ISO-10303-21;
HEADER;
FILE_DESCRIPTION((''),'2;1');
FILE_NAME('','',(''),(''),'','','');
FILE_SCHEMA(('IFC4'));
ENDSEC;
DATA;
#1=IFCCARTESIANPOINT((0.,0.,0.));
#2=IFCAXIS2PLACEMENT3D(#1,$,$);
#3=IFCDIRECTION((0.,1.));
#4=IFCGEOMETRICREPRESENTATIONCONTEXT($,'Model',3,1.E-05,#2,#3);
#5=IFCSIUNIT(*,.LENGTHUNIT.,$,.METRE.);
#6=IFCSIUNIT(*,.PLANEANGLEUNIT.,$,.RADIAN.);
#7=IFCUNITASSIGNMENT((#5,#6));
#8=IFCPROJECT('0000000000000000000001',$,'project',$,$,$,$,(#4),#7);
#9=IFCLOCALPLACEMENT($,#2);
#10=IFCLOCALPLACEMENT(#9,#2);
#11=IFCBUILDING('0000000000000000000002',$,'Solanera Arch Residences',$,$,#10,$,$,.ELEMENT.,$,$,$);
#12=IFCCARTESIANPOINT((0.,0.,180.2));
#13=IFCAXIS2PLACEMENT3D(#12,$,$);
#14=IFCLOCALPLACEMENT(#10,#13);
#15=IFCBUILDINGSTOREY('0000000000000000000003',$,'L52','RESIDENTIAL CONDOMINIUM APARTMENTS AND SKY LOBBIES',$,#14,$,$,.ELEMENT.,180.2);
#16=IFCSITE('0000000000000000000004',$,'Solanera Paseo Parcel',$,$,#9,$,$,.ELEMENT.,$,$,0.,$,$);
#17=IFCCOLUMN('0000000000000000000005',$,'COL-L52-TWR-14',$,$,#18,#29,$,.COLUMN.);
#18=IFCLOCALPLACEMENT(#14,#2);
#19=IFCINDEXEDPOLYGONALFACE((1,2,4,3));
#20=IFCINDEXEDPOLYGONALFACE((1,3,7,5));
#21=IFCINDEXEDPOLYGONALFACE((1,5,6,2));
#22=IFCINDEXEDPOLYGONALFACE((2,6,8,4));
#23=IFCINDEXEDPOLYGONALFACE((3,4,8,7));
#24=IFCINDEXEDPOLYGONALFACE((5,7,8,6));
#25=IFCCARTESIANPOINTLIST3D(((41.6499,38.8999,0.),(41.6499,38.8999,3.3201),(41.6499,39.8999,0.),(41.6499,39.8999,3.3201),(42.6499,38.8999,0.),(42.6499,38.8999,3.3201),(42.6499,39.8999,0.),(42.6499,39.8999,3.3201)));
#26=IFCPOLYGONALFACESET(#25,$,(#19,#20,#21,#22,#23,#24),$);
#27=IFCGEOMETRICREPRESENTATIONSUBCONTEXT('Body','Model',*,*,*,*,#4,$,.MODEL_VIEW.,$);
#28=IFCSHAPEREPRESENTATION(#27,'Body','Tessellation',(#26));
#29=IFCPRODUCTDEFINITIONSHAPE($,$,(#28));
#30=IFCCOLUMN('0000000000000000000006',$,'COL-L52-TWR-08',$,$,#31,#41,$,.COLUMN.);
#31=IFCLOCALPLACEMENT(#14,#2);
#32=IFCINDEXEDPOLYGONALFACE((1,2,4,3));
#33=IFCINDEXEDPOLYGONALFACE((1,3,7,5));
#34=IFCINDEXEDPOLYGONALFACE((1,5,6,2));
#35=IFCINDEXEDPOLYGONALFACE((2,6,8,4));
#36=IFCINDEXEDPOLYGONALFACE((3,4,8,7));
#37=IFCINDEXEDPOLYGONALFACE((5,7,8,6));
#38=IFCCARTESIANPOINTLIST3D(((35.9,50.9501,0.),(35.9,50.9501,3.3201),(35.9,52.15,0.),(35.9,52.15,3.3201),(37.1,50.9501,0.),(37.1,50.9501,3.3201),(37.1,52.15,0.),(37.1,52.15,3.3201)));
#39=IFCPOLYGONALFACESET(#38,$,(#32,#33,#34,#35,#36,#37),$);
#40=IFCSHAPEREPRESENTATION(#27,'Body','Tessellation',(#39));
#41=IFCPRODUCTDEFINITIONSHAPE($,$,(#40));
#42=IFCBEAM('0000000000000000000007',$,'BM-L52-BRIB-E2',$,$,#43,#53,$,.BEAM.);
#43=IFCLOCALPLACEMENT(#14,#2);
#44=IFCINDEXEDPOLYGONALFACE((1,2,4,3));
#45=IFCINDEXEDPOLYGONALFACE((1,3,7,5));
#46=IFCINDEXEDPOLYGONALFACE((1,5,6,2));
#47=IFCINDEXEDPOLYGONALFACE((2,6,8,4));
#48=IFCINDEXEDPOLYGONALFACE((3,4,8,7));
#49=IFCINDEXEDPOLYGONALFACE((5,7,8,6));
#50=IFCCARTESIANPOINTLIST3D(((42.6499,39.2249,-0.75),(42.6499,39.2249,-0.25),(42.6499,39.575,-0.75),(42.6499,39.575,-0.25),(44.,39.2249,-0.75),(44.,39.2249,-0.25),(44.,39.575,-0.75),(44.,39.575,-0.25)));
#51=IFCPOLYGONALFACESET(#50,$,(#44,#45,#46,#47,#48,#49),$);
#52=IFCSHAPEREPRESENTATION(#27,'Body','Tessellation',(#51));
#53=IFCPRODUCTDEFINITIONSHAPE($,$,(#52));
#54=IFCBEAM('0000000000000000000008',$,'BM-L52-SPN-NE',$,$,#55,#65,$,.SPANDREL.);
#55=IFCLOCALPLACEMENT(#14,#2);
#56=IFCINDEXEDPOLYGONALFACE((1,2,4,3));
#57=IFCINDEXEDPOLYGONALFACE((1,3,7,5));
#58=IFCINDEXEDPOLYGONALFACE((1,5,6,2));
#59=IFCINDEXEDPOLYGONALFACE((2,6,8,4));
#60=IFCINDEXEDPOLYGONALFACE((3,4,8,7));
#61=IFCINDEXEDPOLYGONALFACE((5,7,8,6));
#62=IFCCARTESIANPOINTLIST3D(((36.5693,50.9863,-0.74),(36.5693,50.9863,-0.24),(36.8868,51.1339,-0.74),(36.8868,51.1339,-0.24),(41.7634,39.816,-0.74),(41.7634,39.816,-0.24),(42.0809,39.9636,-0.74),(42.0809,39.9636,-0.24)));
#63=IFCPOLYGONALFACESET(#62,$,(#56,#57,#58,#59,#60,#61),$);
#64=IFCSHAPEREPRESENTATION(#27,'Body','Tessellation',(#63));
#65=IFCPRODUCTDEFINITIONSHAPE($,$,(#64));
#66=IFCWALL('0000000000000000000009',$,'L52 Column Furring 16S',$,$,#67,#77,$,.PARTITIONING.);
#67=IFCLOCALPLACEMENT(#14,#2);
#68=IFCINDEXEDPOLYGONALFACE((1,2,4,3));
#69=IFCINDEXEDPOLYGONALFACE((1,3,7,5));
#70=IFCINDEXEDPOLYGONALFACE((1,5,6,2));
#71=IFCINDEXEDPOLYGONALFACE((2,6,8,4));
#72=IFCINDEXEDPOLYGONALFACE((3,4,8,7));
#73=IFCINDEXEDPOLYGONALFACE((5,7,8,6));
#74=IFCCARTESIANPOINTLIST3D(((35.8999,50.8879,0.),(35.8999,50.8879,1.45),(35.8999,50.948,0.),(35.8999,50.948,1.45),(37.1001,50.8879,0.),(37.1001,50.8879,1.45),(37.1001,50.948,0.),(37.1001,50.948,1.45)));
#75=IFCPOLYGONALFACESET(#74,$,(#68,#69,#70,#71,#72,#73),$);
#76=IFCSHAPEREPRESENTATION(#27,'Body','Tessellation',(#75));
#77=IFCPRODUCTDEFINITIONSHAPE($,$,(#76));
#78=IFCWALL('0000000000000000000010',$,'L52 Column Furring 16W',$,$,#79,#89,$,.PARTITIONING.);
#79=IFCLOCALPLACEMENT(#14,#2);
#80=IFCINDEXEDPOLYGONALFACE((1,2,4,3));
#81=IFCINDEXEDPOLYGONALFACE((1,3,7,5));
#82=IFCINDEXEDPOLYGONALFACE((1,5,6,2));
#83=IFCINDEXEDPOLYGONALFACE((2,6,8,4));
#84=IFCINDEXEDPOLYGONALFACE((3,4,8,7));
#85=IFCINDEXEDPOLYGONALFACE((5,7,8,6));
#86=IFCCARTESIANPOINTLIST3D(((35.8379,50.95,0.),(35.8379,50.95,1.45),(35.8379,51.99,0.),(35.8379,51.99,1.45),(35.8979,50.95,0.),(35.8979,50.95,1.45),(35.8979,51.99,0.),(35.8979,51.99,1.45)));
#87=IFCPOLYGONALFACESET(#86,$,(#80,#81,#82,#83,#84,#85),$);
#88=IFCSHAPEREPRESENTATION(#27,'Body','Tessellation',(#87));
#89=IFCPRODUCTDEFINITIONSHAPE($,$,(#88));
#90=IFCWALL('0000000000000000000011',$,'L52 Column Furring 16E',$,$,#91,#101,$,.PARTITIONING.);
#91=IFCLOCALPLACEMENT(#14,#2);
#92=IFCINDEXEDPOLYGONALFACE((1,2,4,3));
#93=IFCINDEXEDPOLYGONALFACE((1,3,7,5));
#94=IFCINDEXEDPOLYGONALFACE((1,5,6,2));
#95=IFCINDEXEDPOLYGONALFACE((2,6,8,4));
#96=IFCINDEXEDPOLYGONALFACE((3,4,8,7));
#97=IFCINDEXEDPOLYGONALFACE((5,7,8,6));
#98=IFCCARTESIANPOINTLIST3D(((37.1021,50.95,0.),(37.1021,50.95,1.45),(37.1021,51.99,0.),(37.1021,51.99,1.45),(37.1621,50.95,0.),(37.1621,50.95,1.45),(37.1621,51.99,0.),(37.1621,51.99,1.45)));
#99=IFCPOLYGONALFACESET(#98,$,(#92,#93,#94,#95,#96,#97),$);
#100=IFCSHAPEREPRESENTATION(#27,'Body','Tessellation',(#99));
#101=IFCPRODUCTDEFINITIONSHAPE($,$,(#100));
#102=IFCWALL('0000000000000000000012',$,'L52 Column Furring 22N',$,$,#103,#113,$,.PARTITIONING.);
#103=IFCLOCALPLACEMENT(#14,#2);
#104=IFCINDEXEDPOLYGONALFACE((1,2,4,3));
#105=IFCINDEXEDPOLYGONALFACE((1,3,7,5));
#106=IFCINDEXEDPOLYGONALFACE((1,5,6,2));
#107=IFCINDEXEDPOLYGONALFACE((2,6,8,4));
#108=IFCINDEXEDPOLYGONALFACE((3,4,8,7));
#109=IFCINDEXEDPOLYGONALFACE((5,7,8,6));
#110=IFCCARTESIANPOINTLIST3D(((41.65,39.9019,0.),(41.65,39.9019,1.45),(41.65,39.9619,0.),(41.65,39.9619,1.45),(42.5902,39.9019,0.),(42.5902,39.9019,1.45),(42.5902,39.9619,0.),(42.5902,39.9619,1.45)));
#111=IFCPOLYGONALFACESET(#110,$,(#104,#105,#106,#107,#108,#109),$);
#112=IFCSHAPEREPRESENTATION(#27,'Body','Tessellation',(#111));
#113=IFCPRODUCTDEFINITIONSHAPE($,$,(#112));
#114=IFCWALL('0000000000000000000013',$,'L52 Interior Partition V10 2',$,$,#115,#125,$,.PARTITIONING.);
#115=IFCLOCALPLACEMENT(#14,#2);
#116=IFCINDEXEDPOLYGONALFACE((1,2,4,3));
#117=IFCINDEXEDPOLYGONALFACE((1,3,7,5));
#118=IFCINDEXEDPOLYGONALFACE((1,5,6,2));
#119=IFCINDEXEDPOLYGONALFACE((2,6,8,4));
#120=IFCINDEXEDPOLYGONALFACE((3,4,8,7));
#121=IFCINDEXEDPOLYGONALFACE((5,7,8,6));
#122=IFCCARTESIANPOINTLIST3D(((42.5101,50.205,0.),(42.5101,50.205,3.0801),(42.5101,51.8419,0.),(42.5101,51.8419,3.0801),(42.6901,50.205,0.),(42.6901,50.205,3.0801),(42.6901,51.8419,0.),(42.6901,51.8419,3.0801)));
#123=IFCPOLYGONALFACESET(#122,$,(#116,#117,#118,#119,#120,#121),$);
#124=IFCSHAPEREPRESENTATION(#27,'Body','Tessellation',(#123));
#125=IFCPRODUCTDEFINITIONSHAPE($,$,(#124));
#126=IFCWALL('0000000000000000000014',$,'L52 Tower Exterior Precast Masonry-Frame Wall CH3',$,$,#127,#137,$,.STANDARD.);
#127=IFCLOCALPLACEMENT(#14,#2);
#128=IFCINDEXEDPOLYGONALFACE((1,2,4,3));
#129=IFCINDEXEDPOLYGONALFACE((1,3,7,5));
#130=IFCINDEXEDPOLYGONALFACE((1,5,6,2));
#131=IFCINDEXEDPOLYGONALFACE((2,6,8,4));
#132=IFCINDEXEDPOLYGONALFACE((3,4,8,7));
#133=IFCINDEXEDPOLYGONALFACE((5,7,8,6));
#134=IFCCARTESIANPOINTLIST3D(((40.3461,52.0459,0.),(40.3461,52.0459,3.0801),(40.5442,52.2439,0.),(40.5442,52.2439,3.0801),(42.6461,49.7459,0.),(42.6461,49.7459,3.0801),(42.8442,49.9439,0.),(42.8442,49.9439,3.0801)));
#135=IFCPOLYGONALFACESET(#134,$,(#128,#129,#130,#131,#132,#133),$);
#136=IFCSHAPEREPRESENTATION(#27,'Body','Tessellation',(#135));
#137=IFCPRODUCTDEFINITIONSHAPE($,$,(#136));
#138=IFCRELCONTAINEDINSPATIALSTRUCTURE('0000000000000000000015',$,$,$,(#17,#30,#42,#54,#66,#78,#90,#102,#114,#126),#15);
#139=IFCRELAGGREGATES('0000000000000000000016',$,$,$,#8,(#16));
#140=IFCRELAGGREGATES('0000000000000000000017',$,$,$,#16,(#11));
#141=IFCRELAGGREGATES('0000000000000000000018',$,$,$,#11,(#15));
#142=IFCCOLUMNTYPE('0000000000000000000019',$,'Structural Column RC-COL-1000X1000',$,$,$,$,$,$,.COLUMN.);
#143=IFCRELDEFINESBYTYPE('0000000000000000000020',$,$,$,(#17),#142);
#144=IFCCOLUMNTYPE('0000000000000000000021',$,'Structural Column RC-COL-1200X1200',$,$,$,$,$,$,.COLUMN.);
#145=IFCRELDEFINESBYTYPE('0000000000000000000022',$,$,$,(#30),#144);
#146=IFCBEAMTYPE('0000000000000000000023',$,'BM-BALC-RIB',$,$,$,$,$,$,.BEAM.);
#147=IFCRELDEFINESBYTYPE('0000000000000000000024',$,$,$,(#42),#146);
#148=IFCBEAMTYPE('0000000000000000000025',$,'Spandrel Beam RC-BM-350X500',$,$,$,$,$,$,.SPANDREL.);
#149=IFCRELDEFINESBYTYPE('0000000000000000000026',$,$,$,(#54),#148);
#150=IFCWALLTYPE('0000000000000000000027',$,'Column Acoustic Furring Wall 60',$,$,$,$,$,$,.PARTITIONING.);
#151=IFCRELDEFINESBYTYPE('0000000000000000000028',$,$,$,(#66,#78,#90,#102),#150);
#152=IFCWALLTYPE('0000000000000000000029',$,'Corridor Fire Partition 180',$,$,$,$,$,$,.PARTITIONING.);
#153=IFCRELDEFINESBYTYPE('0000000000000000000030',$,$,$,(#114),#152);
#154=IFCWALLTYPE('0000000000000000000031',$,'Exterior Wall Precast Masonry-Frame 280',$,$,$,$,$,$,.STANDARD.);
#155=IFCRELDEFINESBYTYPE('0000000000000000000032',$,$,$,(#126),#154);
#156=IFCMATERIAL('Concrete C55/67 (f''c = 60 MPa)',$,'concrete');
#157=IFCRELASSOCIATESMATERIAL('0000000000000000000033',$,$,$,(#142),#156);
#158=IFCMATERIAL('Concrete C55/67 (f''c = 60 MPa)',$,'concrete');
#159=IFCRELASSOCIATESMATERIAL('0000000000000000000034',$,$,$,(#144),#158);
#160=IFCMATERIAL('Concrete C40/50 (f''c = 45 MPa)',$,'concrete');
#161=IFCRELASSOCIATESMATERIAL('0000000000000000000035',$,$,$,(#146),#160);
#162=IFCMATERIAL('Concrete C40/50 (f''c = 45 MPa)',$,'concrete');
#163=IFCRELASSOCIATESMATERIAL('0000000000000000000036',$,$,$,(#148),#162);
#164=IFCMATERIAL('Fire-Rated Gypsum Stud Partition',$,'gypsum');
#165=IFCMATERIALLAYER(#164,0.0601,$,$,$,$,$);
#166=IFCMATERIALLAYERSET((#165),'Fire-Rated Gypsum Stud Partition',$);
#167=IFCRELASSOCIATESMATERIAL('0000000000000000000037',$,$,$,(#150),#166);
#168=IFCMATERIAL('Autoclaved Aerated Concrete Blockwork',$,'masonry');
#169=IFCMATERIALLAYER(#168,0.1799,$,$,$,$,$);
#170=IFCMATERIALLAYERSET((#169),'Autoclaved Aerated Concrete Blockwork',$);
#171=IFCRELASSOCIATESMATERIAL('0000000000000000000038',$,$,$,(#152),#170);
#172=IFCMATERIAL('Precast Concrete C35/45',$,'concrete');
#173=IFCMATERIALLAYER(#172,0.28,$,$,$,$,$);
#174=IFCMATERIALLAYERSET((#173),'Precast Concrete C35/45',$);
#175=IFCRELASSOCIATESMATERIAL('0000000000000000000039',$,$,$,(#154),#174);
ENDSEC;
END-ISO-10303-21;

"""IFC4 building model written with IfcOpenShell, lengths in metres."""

from ifc_helpers import new_model, si_unit, direction, frame, frame_2d, origin, origin_2d, place, context, subcontext, project, spatial, rectangle, extrude, material, layer, layer_set, material_profile, profile_set, type_object, element, save


model = new_model("IFC4")

# Units and contexts
model_context = context("Model", 3, precision=1e-05, world=origin(), true_north=direction((0.0, 1.0)))
body_context = subcontext(model_context, "Body", "Model", "MODEL_VIEW")
ifc_project = project(units=[si_unit("LENGTHUNIT", "METRE"), si_unit("PLANEANGLEUNIT", "RADIAN")], contexts=[model_context])

# Site, building, storey
site_placement = place(None, origin())
site = spatial("IfcSite", under=ifc_project, at=site_placement, Name="Solanera Paseo Parcel", CompositionType="ELEMENT", RefElevation=0.0)
building_placement = place(site_placement, origin())
building = spatial("IfcBuilding", under=site, at=building_placement, Name="Solanera Arch Residences", CompositionType="ELEMENT")
storey_placement = place(building_placement, frame((0.0, 0.0, 180.2)))
storey = spatial("IfcBuildingStorey", under=building, at=storey_placement, Name="L52", Description="RESIDENTIAL CONDOMINIUM APARTMENTS AND SKY LOBBIES", CompositionType="ELEMENT", Elevation=180.2)

# Columns
ifc_material_1 = material(Name="Concrete C55/67 (f'c = 60 MPa)", Category="concrete")
ifc_material_profile_1 = material_profile(ifc_material_1, rectangle(XDim=1.0, YDim=1.0, at=origin_2d()))
ifc_profile_set_1 = profile_set([ifc_material_profile_1], Name="Concrete C55/67 (f'c = 60 MPa)")
column_type_1 = type_object("IfcColumnType", Name="Structural Column RC-COL-1000X1000", PredefinedType="COLUMN", material=ifc_profile_set_1)
column_1_placement = place(storey_placement, frame((42.1499, 39.3999, 0.0), z_axis=(0.0, 0.0, 1.0), x_axis=(1.0, 0.0, 0.0)))
element("IfcColumn", 1, at=column_1_placement, inside=storey, type_object=column_type_1, Name="COL-L52-TWR-14", PredefinedType="COLUMN", context=body_context, shape_type="SweptSolid", body=[
    extrude(rectangle(XDim=1.0, YDim=1.0, at=origin_2d()), origin(), (0.0, 0.0, 1.0), 3.3201),
])
ifc_material_2 = material(Name="Concrete C55/67 (f'c = 60 MPa)", Category="concrete")
ifc_material_profile_2 = material_profile(ifc_material_2, rectangle(XDim=1.2, YDim=1.2, at=origin_2d()))
ifc_profile_set_2 = profile_set([ifc_material_profile_2], Name="Concrete C55/67 (f'c = 60 MPa)")
column_type_2 = type_object("IfcColumnType", Name="Structural Column RC-COL-1200X1200", PredefinedType="COLUMN", material=ifc_profile_set_2)
column_2_placement = place(storey_placement, frame((36.5, 51.55, 0.0), z_axis=(0.0, 0.0, 1.0), x_axis=(1.0, 0.0, 0.0)))
element("IfcColumn", 2, at=column_2_placement, inside=storey, type_object=column_type_2, Name="COL-L52-TWR-08", PredefinedType="COLUMN", context=body_context, shape_type="SweptSolid", body=[
    extrude(rectangle(XDim=1.2, YDim=1.2, at=origin_2d()), origin(), (0.0, 0.0, 1.0), 3.3201),
])

# Beams
ifc_material_3 = material(Name="Concrete C40/50 (f'c = 45 MPa)", Category="concrete")
ifc_material_profile_3 = material_profile(ifc_material_3, rectangle(XDim=0.3501, YDim=0.5, at=origin_2d()))
ifc_profile_set_3 = profile_set([ifc_material_profile_3], Name="Concrete C40/50 (f'c = 45 MPa)")
beam_type_1 = type_object("IfcBeamType", Name="BM-BALC-RIB", PredefinedType="BEAM", material=ifc_profile_set_3)
beam_1_placement = place(storey_placement, frame((42.6499, 39.3999, -0.5), z_axis=(1.0, 0.0, 0.0), x_axis=(0.0, 1.0, 0.0)))
element("IfcBeam", 3, at=beam_1_placement, inside=storey, type_object=beam_type_1, Name="BM-L52-BRIB-E2", PredefinedType="BEAM", context=body_context, shape_type="SweptSolid", body=[
    extrude(rectangle(XDim=0.3501, YDim=0.5, at=origin_2d()), origin(), (0.0, 0.0, 1.0), 1.3501),
])
ifc_material_4 = material(Name="Concrete C40/50 (f'c = 45 MPa)", Category="concrete")
ifc_material_profile_4 = material_profile(ifc_material_4, rectangle(XDim=0.3501, YDim=0.5, at=origin_2d()))
ifc_profile_set_4 = profile_set([ifc_material_profile_4], Name="Concrete C40/50 (f'c = 45 MPa)")
beam_type_2 = type_object("IfcBeamType", Name="Spandrel Beam RC-BM-350X500", PredefinedType="SPANDREL", material=ifc_profile_set_4)
beam_2_placement = place(storey_placement, frame((36.728, 51.0601, -0.49), z_axis=(0.421642, -0.906763, 0.0), x_axis=(0.906763, 0.421642, 0.0)))
element("IfcBeam", 4, at=beam_2_placement, inside=storey, type_object=beam_type_2, Name="BM-L52-SPN-NE", PredefinedType="SPANDREL", context=body_context, shape_type="SweptSolid", body=[
    extrude(rectangle(XDim=0.3501, YDim=0.5, at=origin_2d()), origin(), (0.0, 0.0, 1.0), 12.3188),
])

# Walls
ifc_material_5 = material(Name="Fire-Rated Gypsum Stud Partition", Category="gypsum")
ifc_layer_1 = layer(ifc_material_5, 0.0601)
ifc_layer_set_1 = layer_set([ifc_layer_1], Name="Fire-Rated Gypsum Stud Partition")
wall_type_1 = type_object("IfcWallType", Name="Column Acoustic Furring Wall 60", PredefinedType="PARTITIONING", material=ifc_layer_set_1)
wall_1_placement = place(storey_placement, frame((35.8999, 50.918, 0.0), z_axis=(0.0, 0.0, 1.0), x_axis=(1.0, 0.0, 0.0)))
element("IfcWall", 5, at=wall_1_placement, inside=storey, type_object=wall_type_1, Name="L52 Column Furring 16S", PredefinedType="PARTITIONING", context=body_context, shape_type="SweptSolid", body=[
    extrude(rectangle(XDim=1.2002, YDim=0.0601, at=frame_2d((0.6001, 0.0))), origin(), (0.0, 0.0, 1.0), 1.45),
])
for number, where, z_axis, x_axis, name in (
    (6, (35.8679, 50.95, 0.0), (0.0, 0.0, 1.0), (0.0, 1.0, 0.0), "L52 Column Furring 16W"),
    (7, (37.1321, 50.95, 0.0), (0.0, 0.0, 1.0), (0.0, 1.0, 0.0), "L52 Column Furring 16E"),
):
    element("IfcWall", number, at=place(storey_placement, frame(where, z_axis=z_axis, x_axis=x_axis)), inside=storey, type_object=wall_type_1, Name=name, PredefinedType="PARTITIONING", context=body_context, shape_type="SweptSolid", body=[
        extrude(rectangle(XDim=1.04, YDim=0.0601, at=frame_2d((0.52, 0.0))), origin(), (0.0, 0.0, 1.0), 1.45),
    ])
wall_2_placement = place(storey_placement, frame((41.6499, 39.9319, 0.0), z_axis=(0.0, 0.0, 1.0), x_axis=(1.0, 0.0, 0.0)))
element("IfcWall", 8, at=wall_2_placement, inside=storey, type_object=wall_type_1, Name="L52 Column Furring 22N", PredefinedType="PARTITIONING", context=body_context, shape_type="SweptSolid", body=[
    extrude(rectangle(XDim=0.9402, YDim=0.0601, at=frame_2d((0.4702, 0.0))), origin(), (0.0, 0.0, 1.0), 1.45),
])
ifc_material_6 = material(Name="Autoclaved Aerated Concrete Blockwork", Category="masonry")
ifc_layer_2 = layer(ifc_material_6, 0.1799)
ifc_layer_set_2 = layer_set([ifc_layer_2], Name="Autoclaved Aerated Concrete Blockwork")
wall_type_2 = type_object("IfcWallType", Name="Corridor Fire Partition 180", PredefinedType="PARTITIONING", material=ifc_layer_set_2)
wall_3_placement = place(storey_placement, frame((42.6001, 50.2051, 0.0), z_axis=(0.0, 0.0, 1.0), x_axis=(0.0, 1.0, 0.0)))
element("IfcWall", 9, at=wall_3_placement, inside=storey, type_object=wall_type_2, Name="L52 Interior Partition V10 2", PredefinedType="PARTITIONING", context=body_context, shape_type="SweptSolid", body=[
    extrude(rectangle(XDim=1.637, YDim=0.1799, at=frame_2d((0.8184, 0.0))), origin(), (0.0, 0.0, 1.0), 3.0801),
])
ifc_material_7 = material(Name="Precast Concrete C35/45", Category="concrete")
ifc_layer_3 = layer(ifc_material_7, 0.28)
ifc_layer_set_3 = layer_set([ifc_layer_3], Name="Precast Concrete C35/45")
wall_type_3 = type_object("IfcWallType", Name="Exterior Wall Precast Masonry-Frame 280", PredefinedType="STANDARD", material=ifc_layer_set_3)
wall_4_placement = place(storey_placement, frame((40.4451, 52.145, 0.0), z_axis=(0.0, 0.0, 1.0), x_axis=(0.707107, -0.707107, 0.0)))
element("IfcWall", 10, at=wall_4_placement, inside=storey, type_object=wall_type_3, Name="L52 Tower Exterior Precast Masonry-Frame Wall CH3", PredefinedType="STANDARD", context=body_context, shape_type="SweptSolid", body=[
    extrude(rectangle(XDim=3.2527, YDim=0.28, at=frame_2d((1.6265, 0.0))), origin(), (0.0, 0.0, 1.0), 3.0801),
])

save(model, "model.ifc")
